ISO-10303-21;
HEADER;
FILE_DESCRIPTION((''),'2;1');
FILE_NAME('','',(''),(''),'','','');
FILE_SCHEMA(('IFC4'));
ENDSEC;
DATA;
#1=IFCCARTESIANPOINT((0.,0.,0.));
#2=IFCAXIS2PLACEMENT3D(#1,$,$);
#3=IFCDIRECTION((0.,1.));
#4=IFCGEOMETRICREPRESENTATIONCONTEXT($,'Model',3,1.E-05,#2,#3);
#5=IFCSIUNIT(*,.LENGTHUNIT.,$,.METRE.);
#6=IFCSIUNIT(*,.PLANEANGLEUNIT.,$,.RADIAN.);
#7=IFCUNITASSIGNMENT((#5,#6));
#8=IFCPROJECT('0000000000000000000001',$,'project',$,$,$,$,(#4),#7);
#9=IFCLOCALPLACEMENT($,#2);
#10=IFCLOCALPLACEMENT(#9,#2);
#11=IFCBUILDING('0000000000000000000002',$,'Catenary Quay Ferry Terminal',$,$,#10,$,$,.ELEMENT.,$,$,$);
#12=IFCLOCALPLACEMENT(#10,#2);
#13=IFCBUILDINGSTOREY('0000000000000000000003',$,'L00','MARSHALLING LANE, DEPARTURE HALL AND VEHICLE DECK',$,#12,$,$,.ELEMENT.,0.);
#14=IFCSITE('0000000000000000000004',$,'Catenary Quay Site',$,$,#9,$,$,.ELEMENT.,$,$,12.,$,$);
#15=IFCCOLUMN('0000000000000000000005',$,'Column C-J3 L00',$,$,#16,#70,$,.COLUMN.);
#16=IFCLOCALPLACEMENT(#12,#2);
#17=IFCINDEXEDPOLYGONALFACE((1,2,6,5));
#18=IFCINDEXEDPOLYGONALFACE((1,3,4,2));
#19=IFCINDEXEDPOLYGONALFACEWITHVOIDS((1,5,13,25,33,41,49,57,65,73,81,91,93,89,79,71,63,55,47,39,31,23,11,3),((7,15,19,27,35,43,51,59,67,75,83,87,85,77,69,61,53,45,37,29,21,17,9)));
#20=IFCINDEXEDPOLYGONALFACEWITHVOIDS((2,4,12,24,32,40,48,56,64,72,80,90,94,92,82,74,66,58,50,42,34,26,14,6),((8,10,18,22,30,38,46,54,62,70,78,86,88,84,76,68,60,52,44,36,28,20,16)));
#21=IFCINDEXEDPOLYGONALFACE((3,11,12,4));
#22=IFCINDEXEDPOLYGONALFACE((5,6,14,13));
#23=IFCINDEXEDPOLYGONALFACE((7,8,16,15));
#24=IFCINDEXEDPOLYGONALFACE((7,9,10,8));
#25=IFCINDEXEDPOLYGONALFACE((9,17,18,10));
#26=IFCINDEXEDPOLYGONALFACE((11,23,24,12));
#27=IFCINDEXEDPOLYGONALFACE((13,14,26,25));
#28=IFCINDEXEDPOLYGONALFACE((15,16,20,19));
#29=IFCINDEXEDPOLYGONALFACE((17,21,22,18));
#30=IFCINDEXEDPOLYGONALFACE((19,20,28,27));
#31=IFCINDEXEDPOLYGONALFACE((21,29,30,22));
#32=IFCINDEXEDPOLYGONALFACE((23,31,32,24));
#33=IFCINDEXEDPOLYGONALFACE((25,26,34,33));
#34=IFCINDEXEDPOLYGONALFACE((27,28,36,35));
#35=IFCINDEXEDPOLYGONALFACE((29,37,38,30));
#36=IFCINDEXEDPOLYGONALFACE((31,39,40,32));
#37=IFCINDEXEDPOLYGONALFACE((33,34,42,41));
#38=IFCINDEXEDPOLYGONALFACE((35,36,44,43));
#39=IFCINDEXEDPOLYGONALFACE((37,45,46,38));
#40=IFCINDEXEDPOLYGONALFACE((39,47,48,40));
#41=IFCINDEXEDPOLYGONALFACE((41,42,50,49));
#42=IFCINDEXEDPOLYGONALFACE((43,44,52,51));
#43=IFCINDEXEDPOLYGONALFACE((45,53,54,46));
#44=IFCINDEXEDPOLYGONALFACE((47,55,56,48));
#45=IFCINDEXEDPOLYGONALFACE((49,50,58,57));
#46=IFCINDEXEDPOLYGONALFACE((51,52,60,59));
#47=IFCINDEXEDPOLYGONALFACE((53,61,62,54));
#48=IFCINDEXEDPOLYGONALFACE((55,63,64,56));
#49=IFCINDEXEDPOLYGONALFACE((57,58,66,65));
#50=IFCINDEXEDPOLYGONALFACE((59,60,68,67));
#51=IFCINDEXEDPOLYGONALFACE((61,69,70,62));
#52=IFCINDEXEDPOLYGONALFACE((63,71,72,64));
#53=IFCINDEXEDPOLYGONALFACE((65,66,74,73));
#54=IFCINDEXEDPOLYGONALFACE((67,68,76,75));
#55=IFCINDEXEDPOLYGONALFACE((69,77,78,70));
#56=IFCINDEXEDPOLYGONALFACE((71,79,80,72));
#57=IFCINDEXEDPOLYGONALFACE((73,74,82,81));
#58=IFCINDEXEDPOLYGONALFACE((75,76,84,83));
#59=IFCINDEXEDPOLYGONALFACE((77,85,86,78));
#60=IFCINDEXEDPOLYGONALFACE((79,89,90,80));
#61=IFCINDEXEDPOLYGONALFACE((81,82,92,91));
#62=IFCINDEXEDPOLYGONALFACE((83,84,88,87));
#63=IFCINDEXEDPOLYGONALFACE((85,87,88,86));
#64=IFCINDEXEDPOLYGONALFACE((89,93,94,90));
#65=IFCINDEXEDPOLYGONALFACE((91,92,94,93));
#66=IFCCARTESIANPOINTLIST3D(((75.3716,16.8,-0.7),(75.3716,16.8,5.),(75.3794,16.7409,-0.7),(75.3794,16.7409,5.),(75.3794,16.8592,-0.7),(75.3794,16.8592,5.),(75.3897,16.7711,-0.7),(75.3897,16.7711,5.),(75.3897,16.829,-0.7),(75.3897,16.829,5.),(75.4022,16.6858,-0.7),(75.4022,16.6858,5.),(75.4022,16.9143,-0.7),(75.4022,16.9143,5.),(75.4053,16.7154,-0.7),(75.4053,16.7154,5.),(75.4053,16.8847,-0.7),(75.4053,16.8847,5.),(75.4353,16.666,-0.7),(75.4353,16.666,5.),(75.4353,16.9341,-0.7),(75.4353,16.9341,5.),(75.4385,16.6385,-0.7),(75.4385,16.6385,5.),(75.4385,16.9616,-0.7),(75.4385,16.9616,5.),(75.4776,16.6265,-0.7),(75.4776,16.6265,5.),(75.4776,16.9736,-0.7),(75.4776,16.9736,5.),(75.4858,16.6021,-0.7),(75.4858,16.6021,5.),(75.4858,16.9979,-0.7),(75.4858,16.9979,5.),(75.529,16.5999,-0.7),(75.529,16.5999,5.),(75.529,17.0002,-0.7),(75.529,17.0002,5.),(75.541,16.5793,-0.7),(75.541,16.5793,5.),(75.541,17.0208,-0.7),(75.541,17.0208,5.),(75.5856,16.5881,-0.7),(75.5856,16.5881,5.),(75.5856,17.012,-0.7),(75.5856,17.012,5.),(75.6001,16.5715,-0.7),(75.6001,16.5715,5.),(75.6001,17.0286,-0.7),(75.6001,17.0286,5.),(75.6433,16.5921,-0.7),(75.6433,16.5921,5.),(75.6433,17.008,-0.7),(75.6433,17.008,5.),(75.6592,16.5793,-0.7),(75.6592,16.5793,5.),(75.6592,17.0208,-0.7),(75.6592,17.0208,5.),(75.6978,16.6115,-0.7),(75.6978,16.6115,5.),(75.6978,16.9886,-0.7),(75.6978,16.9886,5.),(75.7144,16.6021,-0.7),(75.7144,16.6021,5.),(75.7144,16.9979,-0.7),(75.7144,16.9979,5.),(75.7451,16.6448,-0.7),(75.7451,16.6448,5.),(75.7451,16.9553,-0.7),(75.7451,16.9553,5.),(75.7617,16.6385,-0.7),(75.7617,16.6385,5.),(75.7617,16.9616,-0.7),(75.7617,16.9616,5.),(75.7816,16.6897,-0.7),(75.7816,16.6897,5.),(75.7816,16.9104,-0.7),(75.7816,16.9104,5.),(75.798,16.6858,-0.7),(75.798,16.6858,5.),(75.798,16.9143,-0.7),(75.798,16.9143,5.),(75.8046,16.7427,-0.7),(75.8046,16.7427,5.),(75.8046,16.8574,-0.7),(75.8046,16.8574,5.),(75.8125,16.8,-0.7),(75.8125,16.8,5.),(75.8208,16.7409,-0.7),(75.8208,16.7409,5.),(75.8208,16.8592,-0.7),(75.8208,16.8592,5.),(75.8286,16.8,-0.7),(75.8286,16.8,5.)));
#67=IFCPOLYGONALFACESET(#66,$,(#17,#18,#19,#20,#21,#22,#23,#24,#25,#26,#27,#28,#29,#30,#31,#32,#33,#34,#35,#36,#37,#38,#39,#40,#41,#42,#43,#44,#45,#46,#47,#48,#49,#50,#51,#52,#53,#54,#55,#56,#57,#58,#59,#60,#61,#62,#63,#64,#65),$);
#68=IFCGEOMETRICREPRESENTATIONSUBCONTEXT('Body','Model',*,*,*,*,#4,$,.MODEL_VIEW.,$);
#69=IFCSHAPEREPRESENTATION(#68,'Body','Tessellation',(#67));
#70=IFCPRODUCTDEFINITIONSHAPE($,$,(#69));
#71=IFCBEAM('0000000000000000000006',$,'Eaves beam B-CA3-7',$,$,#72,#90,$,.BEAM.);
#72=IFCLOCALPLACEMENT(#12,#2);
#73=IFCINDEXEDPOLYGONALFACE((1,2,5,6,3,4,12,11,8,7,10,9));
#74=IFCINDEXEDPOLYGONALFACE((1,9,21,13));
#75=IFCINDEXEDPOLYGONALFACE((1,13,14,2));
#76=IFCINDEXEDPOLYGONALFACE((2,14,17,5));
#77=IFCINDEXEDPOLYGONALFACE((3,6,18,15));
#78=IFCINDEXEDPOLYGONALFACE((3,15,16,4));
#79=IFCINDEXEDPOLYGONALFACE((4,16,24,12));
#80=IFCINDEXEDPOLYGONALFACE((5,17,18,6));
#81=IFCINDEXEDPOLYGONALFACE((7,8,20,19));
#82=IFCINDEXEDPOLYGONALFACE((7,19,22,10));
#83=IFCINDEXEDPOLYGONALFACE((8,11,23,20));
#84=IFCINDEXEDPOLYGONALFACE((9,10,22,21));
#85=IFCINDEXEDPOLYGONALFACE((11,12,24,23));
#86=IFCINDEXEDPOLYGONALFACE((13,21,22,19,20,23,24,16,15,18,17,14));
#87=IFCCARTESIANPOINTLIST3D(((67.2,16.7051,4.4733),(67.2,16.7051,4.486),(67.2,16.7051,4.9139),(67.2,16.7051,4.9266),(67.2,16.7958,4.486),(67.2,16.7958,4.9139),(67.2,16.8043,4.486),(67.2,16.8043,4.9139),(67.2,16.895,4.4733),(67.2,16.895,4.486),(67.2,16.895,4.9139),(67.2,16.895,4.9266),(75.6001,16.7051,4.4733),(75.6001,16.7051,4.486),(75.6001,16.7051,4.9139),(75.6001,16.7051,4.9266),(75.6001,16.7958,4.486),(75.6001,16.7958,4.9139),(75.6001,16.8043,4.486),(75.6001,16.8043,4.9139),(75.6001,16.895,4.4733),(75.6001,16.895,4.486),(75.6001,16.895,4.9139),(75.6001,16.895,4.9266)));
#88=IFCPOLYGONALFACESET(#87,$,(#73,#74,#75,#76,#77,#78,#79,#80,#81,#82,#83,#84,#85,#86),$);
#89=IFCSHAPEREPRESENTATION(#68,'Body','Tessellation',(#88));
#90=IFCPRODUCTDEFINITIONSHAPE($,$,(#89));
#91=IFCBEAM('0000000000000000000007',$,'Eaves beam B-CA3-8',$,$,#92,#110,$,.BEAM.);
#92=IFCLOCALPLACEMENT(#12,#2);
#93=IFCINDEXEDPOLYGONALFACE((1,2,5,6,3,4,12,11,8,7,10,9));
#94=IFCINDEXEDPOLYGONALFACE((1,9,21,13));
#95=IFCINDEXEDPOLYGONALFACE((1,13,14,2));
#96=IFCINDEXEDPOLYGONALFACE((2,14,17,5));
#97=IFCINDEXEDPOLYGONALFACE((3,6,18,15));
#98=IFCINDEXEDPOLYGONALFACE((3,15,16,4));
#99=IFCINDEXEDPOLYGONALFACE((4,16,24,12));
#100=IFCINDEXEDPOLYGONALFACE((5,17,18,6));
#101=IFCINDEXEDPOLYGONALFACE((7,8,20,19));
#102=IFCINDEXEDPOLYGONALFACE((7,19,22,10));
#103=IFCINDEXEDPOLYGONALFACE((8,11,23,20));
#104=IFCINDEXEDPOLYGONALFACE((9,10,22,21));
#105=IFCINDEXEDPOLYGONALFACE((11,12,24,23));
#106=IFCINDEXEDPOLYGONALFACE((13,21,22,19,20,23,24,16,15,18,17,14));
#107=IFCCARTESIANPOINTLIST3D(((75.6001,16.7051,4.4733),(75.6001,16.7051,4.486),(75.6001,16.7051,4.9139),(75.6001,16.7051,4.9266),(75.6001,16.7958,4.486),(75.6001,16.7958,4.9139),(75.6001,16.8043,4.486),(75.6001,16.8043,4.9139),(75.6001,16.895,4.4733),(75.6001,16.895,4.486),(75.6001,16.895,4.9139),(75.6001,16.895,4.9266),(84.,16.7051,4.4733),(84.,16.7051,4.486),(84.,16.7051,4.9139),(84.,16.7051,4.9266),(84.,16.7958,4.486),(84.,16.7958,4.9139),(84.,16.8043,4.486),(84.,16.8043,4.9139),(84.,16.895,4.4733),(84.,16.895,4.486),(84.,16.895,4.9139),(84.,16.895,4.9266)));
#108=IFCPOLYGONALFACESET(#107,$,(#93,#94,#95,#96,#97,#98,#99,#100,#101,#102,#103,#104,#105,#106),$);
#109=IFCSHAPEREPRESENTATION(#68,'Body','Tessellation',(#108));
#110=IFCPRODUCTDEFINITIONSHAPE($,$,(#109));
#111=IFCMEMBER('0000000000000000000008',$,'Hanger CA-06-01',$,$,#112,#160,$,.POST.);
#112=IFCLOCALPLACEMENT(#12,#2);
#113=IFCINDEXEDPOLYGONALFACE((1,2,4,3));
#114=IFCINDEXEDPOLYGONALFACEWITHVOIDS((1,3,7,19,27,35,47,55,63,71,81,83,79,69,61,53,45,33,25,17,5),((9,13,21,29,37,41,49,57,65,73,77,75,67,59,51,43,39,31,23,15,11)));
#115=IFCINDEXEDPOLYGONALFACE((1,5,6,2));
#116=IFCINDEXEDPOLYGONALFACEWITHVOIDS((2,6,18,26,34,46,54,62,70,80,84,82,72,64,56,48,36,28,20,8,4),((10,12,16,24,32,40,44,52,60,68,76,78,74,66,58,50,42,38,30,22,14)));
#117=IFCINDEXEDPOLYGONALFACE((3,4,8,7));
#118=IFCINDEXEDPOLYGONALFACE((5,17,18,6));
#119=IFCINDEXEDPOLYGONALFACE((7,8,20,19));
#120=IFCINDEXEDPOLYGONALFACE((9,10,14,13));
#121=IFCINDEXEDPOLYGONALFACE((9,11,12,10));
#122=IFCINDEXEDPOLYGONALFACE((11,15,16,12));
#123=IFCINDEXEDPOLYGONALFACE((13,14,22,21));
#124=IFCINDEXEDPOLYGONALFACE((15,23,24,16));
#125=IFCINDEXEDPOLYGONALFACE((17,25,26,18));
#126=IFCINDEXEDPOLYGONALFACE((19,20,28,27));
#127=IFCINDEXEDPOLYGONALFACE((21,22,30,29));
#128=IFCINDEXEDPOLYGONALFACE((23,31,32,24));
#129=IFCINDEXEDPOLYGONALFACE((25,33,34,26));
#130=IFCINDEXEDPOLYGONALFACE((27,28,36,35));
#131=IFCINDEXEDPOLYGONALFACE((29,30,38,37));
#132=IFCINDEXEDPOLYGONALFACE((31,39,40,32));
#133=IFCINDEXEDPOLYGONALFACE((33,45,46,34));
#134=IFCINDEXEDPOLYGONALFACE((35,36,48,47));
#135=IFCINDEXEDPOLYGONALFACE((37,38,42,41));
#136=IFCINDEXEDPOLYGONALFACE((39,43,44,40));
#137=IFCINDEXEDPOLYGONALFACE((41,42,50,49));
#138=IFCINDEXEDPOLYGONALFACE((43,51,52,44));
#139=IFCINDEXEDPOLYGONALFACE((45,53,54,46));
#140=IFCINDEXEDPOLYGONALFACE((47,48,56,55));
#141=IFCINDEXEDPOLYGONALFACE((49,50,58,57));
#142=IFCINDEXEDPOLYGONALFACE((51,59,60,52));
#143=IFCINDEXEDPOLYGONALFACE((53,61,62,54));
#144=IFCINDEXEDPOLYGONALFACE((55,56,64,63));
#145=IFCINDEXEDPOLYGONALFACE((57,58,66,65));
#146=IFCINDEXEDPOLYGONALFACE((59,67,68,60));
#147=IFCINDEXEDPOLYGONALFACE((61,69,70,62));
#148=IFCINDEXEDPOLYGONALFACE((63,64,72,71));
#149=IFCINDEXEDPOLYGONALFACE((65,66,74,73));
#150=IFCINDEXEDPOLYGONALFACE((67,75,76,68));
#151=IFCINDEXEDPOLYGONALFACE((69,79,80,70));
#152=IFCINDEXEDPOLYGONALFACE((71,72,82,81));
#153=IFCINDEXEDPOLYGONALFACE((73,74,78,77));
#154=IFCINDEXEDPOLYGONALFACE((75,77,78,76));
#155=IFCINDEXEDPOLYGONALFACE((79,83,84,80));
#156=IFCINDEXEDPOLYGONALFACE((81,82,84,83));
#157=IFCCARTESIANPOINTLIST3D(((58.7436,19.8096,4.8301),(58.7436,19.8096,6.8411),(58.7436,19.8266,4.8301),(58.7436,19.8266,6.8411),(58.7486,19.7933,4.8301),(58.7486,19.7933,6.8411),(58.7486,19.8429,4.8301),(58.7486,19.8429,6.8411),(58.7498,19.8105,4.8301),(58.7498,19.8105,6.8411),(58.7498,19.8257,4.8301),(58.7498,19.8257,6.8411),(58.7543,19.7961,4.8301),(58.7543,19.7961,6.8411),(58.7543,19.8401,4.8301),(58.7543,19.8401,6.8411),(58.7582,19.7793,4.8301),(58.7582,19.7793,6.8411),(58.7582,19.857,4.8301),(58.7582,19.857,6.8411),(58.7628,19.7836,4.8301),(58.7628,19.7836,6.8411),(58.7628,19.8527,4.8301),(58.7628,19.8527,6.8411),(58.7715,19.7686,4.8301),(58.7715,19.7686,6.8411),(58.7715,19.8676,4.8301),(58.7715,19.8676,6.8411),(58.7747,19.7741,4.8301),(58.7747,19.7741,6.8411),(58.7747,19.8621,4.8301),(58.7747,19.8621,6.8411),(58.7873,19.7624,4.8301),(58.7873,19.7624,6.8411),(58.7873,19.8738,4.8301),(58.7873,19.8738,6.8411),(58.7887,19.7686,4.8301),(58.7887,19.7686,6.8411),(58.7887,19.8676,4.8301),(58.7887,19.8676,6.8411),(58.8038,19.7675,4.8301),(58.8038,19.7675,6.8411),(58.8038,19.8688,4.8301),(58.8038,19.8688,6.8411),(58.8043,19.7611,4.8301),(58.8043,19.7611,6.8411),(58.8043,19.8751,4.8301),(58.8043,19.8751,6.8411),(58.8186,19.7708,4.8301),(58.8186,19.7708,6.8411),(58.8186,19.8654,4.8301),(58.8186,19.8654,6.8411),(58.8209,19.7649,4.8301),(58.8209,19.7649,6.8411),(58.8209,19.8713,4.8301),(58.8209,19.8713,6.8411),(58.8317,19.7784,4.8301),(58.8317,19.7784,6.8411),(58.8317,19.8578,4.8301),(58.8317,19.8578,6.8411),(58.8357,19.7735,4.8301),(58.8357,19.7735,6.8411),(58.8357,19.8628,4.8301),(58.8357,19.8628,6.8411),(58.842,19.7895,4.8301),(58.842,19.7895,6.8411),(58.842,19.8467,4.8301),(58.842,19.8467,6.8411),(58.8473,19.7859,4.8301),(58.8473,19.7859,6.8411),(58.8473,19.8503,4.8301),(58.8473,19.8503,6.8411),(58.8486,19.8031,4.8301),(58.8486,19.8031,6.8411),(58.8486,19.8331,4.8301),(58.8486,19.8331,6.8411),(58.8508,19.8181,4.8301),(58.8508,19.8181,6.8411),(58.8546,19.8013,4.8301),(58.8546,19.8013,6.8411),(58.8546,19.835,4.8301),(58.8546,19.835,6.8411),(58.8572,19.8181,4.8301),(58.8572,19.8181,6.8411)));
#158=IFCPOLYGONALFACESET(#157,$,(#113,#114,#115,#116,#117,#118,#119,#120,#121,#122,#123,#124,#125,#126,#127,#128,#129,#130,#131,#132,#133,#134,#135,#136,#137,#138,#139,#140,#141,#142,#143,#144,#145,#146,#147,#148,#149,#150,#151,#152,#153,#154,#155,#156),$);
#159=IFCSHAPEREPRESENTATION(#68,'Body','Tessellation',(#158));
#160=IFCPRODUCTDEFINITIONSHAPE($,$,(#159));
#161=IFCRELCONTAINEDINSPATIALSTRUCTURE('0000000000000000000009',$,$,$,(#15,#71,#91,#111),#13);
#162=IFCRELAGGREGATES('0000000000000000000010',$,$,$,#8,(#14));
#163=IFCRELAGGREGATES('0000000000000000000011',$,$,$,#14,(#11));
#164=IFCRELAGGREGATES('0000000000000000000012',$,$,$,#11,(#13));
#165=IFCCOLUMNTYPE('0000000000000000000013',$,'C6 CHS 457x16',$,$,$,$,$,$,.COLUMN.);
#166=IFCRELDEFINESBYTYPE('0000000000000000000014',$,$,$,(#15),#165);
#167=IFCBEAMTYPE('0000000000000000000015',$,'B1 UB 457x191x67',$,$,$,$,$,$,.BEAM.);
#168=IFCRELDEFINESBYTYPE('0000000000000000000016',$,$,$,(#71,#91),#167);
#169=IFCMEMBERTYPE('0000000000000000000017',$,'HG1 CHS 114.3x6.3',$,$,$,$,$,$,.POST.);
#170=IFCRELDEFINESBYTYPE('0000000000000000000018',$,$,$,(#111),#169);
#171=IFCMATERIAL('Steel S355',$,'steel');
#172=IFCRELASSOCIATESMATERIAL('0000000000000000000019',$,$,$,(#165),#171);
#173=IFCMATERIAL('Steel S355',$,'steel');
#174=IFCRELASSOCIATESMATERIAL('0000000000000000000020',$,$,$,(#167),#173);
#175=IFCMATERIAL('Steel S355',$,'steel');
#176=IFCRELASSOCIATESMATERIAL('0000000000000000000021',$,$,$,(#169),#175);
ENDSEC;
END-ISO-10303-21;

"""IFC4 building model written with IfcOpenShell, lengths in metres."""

from ifc_helpers import new_model, si_unit, direction, frame, origin, origin_2d, place, context, subcontext, project, spatial, hollow_circle, i_section, extrude, material, material_profile, profile_set, type_object, element, save


model = new_model("IFC4")

# Units and contexts
model_context = context("Model", 3, precision=1e-05, world=origin(), true_north=direction((0.0, 1.0)))
body_context = subcontext(model_context, "Body", "Model", "MODEL_VIEW")
ifc_project = project(units=[si_unit("LENGTHUNIT", "METRE"), si_unit("PLANEANGLEUNIT", "RADIAN")], contexts=[model_context])

# Site, building, storey
site_placement = place(None, origin())
site = spatial("IfcSite", under=ifc_project, at=site_placement, Name="Catenary Quay Site", CompositionType="ELEMENT", RefElevation=12.0)
building_placement = place(site_placement, origin())
building = spatial("IfcBuilding", under=site, at=building_placement, Name="Catenary Quay Ferry Terminal", CompositionType="ELEMENT")
storey_placement = place(building_placement, origin())
storey = spatial("IfcBuildingStorey", under=building, at=storey_placement, Name="L00", Description="MARSHALLING LANE, DEPARTURE HALL AND VEHICLE DECK", CompositionType="ELEMENT", Elevation=0.0)

# Column
ifc_material_1 = material(Name="Steel S355", Category="steel")
ifc_material_profile_1 = material_profile(ifc_material_1, hollow_circle(Radius=0.2285, WallThickness=0.0161, at=origin_2d()), Name="CHS 457x16")
ifc_profile_set_1 = profile_set([ifc_material_profile_1], Name="Steel S355")
column_type = type_object("IfcColumnType", Name="C6 CHS 457x16", PredefinedType="COLUMN", material=ifc_profile_set_1)
column_placement = place(storey_placement, frame((75.6001, 16.8, -0.7), z_axis=(0.0, 0.0, 1.0), x_axis=(1.0, 0.0, 0.0)))
element("IfcColumn", 1, at=column_placement, inside=storey, type_object=column_type, Name="Column C-J3 L00", PredefinedType="COLUMN", context=body_context, shape_type="SweptSolid", body=[
    extrude(hollow_circle(Radius=0.2285, WallThickness=0.0161, at=origin_2d()), origin(), (0.0, 0.0, 1.0), 5.7),
])

# Beams
ifc_material_2 = material(Name="Steel S355", Category="steel")
ifc_material_profile_2 = material_profile(ifc_material_2, i_section(OverallWidth=0.1899, OverallDepth=0.4534, WebThickness=0.0085, FlangeThickness=0.0127, at=origin_2d()), Name="UB 457x191x67")
ifc_profile_set_2 = profile_set([ifc_material_profile_2], Name="Steel S355")
beam_type_1 = type_object("IfcBeamType", Name="B1 UB 457x191x67", PredefinedType="BEAM", material=ifc_profile_set_2)
beam_1_placement = place(storey_placement, frame((67.2, 16.8, 4.7), z_axis=(1.0, 0.0, 0.0), x_axis=(0.0, 1.0, 0.0)))
element("IfcBeam", 2, at=beam_1_placement, inside=storey, type_object=beam_type_1, Name="Eaves beam B-CA3-7", PredefinedType="BEAM", context=body_context, shape_type="SweptSolid", body=[
    extrude(i_section(OverallWidth=0.1899, OverallDepth=0.4534, WebThickness=0.0085, FlangeThickness=0.0127, at=origin_2d()), origin(), (0.0, 0.0, 1.0), 8.4001),
])
beam_2_placement = place(storey_placement, frame((75.6001, 16.8, 4.7), z_axis=(1.0, 0.0, 0.0), x_axis=(0.0, 1.0, 0.0)))
element("IfcBeam", 3, at=beam_2_placement, inside=storey, type_object=beam_type_1, Name="Eaves beam B-CA3-8", PredefinedType="BEAM", context=body_context, shape_type="SweptSolid", body=[
    extrude(i_section(OverallWidth=0.1899, OverallDepth=0.4534, WebThickness=0.0085, FlangeThickness=0.0127, at=origin_2d()), origin(), (0.0, 0.0, 1.0), 8.3999),
])

# Member
ifc_material_3 = material(Name="Steel S355", Category="steel")
ifc_material_profile_3 = material_profile(ifc_material_3, hollow_circle(Radius=0.0571, WallThickness=0.0063, at=origin_2d()), Name="CHS 114.3x6.3")
ifc_profile_set_3 = profile_set([ifc_material_profile_3], Name="Steel S355")
member_type_1 = type_object("IfcMemberType", Name="HG1 CHS 114.3x6.3", PredefinedType="POST", material=ifc_profile_set_3)
member_1_placement = place(storey_placement, frame((58.8, 19.8181, 4.8301), z_axis=(0.0, 0.0, 1.0), x_axis=(1.0, 0.0, 0.0)))
element("IfcMember", 4, at=member_1_placement, inside=storey, type_object=member_type_1, Name="Hanger CA-06-01", PredefinedType="POST", context=body_context, shape_type="SweptSolid", body=[
    extrude(hollow_circle(Radius=0.0571, WallThickness=0.0063, at=origin_2d()), origin(), (0.0, 0.0, 1.0), 2.011),
])

save(model, "model.ifc")
